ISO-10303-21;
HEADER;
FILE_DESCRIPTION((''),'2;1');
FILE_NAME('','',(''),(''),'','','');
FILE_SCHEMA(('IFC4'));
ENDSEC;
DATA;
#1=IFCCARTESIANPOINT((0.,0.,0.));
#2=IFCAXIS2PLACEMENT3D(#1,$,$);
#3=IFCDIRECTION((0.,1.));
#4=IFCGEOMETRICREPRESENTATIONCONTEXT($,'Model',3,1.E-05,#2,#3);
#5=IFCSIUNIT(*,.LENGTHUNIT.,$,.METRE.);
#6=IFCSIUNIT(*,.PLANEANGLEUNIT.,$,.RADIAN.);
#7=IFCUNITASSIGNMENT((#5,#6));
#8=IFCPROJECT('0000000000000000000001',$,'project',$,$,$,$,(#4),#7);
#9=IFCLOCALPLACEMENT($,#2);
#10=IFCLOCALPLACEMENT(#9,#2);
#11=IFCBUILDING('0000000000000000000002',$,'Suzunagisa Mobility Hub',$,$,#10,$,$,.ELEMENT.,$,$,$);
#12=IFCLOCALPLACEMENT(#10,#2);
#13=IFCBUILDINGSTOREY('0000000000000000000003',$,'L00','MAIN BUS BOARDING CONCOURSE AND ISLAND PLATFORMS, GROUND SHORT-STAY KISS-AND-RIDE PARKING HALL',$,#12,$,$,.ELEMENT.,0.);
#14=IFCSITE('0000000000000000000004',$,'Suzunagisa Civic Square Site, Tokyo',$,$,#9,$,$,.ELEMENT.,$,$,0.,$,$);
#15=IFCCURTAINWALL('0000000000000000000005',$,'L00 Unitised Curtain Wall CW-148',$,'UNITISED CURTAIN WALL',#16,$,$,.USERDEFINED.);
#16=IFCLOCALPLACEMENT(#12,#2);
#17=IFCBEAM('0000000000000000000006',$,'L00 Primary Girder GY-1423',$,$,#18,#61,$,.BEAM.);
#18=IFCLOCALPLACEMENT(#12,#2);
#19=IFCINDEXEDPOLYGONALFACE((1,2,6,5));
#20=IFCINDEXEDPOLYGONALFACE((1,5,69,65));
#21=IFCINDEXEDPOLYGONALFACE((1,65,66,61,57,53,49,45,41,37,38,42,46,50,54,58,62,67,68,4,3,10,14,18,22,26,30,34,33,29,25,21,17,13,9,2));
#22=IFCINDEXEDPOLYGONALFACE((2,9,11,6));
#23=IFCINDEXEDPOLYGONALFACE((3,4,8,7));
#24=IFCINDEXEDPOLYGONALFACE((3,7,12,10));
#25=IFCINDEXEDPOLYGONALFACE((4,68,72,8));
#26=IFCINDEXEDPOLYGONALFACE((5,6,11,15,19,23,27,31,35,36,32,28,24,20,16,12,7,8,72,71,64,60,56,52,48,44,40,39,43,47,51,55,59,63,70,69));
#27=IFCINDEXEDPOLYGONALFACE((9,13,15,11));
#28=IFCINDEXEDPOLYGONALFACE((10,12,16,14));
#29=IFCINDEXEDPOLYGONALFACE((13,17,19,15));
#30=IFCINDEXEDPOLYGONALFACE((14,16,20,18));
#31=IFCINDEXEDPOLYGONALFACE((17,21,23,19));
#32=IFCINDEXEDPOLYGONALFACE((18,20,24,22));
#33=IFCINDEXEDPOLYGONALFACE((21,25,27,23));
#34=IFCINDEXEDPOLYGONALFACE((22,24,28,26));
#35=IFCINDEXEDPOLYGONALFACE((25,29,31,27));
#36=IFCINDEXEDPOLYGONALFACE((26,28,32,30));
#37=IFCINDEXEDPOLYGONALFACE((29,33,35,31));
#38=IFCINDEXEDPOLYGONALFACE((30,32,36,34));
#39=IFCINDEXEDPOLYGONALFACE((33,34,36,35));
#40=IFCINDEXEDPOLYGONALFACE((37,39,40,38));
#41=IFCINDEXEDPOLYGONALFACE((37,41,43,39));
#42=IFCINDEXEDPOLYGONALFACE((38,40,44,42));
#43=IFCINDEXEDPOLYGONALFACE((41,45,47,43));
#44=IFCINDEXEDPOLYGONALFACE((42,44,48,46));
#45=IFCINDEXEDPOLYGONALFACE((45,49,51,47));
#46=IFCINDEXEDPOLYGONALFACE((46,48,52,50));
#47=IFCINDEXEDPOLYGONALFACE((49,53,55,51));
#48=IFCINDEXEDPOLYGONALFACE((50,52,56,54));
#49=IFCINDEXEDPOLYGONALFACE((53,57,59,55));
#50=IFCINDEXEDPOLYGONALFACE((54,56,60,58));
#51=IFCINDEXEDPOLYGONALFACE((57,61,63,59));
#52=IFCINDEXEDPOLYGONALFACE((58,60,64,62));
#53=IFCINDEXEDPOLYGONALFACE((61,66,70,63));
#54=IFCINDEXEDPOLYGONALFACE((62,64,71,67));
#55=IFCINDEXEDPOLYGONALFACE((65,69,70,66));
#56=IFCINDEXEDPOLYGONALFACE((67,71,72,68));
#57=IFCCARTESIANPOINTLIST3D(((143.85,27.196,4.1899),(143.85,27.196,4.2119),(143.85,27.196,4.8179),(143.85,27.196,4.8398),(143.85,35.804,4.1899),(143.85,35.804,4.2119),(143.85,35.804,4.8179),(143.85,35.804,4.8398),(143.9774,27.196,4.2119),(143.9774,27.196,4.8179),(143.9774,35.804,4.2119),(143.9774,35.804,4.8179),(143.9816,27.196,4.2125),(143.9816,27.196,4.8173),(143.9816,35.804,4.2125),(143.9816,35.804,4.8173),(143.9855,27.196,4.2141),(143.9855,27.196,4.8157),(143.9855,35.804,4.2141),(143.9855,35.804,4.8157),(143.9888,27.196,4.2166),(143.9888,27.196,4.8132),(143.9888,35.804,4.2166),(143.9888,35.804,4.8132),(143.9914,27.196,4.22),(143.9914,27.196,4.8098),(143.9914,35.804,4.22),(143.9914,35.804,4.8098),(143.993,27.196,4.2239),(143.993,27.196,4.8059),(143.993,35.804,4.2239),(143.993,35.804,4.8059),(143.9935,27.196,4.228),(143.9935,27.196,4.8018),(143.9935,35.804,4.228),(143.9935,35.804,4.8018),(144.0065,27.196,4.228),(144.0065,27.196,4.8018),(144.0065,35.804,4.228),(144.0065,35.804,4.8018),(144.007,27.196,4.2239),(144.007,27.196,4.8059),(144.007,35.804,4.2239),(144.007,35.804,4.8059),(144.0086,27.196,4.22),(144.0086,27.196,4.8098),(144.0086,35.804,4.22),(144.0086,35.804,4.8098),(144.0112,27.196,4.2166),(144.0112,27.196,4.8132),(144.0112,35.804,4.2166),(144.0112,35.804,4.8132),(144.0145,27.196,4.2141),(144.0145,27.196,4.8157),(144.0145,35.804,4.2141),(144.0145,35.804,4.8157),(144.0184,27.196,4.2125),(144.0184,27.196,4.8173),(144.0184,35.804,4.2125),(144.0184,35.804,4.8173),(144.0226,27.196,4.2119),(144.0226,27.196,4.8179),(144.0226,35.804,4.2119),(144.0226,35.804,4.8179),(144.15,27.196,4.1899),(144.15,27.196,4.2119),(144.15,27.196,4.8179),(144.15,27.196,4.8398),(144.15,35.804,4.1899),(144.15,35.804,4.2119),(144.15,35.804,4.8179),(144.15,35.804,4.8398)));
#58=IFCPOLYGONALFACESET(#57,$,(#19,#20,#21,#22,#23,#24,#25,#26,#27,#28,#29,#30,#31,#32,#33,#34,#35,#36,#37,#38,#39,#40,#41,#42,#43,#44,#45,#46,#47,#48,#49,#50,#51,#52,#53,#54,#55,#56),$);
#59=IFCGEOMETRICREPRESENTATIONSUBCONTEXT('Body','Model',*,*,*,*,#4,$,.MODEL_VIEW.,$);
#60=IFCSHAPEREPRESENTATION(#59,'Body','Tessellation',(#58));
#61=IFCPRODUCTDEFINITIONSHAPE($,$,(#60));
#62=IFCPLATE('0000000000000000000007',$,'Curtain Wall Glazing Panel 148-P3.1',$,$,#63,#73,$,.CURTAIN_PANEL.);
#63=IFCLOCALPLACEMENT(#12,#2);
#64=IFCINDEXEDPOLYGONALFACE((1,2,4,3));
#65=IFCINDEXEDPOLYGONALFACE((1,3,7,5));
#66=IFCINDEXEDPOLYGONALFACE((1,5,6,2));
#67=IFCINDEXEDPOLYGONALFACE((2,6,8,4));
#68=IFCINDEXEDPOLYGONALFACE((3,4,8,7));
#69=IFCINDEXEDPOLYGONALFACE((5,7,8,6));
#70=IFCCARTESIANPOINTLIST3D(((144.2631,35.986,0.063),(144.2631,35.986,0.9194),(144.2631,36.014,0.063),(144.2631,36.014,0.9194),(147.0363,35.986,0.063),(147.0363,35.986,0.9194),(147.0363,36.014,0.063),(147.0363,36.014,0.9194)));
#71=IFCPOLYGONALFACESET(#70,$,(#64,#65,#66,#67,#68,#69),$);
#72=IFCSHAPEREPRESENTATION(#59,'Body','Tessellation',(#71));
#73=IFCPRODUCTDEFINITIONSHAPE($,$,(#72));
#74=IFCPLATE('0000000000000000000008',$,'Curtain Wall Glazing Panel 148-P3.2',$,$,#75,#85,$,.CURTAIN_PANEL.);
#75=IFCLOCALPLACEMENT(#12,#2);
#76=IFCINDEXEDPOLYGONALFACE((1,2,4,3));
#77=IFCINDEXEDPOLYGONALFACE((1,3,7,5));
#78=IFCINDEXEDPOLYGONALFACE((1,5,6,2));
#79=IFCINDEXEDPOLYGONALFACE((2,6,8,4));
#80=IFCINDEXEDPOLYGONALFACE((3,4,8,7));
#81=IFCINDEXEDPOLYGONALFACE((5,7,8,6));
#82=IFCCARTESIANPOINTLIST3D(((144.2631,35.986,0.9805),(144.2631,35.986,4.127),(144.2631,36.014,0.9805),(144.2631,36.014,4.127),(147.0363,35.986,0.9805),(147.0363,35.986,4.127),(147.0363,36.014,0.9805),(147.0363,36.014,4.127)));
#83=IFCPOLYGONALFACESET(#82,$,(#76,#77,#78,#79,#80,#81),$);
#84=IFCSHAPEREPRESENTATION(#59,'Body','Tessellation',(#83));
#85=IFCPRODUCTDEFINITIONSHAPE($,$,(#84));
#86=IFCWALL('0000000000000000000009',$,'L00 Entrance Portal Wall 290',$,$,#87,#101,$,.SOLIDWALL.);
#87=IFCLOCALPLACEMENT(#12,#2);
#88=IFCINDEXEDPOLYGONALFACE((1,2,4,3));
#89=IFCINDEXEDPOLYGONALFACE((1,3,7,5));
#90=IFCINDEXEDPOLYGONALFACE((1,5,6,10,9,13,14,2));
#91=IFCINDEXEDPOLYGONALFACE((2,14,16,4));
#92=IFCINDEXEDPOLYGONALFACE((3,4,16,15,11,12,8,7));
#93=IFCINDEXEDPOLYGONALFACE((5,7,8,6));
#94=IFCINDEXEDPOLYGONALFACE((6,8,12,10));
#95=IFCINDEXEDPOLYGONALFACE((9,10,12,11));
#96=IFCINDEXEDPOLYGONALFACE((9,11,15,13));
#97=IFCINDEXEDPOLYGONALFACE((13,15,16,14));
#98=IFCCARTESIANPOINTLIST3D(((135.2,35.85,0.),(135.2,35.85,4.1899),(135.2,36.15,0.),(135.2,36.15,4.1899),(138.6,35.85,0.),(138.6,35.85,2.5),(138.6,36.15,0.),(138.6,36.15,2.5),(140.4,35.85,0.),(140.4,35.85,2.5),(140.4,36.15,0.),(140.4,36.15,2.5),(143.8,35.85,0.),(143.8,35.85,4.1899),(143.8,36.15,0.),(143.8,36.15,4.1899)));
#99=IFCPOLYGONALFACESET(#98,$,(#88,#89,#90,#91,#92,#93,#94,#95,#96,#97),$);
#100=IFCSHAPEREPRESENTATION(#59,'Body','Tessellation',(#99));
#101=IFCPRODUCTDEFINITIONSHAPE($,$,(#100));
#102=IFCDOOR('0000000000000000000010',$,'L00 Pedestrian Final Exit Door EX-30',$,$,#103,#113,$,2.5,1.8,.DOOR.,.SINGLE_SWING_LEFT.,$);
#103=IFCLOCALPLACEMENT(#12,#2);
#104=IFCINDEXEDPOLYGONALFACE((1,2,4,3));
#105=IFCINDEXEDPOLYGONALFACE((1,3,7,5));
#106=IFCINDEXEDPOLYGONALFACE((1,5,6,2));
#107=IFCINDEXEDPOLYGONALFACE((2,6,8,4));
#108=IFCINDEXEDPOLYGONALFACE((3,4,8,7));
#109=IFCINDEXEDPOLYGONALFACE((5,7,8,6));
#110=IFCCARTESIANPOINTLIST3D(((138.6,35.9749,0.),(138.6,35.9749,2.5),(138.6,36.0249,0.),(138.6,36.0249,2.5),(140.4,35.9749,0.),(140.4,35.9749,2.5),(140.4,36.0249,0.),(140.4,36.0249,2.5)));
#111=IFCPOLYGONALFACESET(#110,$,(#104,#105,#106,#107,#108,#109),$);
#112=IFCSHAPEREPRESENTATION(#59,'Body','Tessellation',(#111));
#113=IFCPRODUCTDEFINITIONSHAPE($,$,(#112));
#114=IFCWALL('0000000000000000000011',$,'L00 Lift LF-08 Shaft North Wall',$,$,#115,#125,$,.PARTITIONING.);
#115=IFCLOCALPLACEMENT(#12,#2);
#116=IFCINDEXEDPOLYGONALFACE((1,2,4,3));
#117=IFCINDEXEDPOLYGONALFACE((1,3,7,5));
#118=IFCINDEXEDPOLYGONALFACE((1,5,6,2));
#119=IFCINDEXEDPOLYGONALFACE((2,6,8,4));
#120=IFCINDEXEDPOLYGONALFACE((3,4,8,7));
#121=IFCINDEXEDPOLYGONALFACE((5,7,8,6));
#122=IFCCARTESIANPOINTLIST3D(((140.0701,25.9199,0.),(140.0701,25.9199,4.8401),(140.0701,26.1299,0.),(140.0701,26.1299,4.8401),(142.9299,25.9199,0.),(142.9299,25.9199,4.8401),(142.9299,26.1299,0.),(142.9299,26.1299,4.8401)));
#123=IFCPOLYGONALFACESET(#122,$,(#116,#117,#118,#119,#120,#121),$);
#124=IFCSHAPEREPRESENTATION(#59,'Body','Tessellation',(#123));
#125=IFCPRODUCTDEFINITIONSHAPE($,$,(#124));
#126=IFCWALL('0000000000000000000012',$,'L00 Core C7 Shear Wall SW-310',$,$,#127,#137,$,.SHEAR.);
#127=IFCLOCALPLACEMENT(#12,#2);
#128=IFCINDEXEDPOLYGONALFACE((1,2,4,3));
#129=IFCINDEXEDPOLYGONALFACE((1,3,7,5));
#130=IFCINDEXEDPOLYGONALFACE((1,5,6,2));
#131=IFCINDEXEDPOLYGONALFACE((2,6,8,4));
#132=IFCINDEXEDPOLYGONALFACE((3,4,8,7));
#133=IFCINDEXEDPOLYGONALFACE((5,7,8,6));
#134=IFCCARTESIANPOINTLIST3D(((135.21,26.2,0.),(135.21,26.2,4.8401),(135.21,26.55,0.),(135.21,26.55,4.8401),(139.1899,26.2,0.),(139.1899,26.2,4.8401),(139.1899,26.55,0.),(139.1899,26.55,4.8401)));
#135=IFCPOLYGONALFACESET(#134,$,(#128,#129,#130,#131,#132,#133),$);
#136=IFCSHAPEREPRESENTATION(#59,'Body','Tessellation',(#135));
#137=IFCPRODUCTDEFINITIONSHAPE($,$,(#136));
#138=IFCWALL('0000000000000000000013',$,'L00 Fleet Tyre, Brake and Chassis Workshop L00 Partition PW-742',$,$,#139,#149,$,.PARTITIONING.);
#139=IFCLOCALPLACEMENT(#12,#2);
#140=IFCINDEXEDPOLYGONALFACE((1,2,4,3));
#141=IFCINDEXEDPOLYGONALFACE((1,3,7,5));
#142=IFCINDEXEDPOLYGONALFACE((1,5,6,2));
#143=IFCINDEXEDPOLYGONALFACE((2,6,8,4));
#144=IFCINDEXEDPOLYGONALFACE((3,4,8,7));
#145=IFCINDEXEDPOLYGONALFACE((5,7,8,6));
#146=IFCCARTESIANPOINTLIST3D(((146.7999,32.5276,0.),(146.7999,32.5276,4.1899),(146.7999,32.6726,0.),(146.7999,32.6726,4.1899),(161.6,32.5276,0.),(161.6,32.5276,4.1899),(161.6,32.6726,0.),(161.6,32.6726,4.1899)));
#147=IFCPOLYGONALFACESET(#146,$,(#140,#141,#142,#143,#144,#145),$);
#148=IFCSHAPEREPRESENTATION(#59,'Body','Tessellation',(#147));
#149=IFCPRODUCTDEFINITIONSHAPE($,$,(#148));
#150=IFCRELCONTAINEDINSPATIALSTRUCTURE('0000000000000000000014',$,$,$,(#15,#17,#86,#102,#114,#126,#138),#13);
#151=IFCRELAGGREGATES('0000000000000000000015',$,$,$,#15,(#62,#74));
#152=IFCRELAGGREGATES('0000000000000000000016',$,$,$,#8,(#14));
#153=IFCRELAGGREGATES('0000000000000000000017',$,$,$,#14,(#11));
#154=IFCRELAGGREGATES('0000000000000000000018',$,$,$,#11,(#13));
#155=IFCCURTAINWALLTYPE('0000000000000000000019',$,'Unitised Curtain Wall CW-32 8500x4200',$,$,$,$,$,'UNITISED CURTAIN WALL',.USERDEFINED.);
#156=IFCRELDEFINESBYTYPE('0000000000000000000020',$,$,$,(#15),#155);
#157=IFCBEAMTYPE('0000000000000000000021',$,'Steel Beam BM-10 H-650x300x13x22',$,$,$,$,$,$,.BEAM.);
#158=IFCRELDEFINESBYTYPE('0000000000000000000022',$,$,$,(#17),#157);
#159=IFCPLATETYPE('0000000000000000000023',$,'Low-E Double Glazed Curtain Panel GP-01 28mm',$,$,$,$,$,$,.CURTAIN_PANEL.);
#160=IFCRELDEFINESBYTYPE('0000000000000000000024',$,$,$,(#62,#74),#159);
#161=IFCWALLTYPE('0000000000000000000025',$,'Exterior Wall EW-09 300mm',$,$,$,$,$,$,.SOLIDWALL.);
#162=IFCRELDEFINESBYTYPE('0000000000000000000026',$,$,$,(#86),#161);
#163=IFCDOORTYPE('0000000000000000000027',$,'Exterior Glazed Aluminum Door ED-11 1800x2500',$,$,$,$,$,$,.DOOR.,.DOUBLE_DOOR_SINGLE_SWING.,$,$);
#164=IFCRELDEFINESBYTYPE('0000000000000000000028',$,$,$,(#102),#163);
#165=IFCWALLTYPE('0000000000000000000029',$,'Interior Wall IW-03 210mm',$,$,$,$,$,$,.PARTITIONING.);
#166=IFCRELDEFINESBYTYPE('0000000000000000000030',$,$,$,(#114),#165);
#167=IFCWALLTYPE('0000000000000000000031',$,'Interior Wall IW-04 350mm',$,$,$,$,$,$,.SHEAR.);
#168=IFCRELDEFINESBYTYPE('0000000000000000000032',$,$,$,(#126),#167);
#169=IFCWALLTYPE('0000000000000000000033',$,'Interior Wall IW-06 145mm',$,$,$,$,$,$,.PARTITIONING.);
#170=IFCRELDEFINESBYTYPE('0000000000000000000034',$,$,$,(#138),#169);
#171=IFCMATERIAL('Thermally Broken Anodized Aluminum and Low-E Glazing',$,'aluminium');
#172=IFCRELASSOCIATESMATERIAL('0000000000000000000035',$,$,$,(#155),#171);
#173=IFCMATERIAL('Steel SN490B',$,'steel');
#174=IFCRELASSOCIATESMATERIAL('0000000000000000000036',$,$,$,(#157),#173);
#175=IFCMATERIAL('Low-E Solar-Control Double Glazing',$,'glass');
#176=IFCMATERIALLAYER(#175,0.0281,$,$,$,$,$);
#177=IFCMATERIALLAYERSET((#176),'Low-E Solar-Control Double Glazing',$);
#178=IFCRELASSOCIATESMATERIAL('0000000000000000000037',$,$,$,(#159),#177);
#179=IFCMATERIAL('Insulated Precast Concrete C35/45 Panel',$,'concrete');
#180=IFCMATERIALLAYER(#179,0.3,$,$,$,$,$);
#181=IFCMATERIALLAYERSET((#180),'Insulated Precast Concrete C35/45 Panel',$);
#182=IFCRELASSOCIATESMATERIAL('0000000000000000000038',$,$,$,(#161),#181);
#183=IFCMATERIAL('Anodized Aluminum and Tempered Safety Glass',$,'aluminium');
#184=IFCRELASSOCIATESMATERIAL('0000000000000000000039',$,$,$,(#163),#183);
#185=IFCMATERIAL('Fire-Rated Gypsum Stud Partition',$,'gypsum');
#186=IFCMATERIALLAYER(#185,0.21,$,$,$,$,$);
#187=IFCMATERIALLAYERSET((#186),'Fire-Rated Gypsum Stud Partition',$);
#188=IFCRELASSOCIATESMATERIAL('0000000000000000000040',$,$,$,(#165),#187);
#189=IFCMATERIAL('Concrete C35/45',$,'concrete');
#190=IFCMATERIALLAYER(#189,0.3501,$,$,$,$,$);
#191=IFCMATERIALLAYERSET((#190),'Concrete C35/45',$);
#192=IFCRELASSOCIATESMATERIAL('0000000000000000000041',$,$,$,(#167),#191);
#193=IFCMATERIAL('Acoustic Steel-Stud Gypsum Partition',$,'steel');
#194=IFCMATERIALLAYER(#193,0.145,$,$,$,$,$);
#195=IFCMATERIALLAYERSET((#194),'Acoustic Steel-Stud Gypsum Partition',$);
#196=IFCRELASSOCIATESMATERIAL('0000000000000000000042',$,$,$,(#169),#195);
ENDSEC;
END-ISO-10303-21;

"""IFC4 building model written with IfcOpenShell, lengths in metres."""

from ifc_helpers import new_model, si_unit, direction, frame, frame_2d, origin, origin_2d, place, context, subcontext, project, spatial, rectangle, i_section, extrude, material, layer, layer_set, material_profile, profile_set, type_object, element, fill, aggregate, save


model = new_model("IFC4")

# Units and contexts
model_context = context("Model", 3, precision=1e-05, world=origin(), true_north=direction((0.0, 1.0)))
body_context = subcontext(model_context, "Body", "Model", "MODEL_VIEW")
ifc_project = project(units=[si_unit("LENGTHUNIT", "METRE"), si_unit("PLANEANGLEUNIT", "RADIAN")], contexts=[model_context])

# Site, building, storey
site_placement = place(None, origin())
site = spatial("IfcSite", under=ifc_project, at=site_placement, Name="Suzunagisa Civic Square Site, Tokyo", CompositionType="ELEMENT", RefElevation=0.0)
building_placement = place(site_placement, origin())
building = spatial("IfcBuilding", under=site, at=building_placement, Name="Suzunagisa Mobility Hub", CompositionType="ELEMENT")
storey_placement = place(building_placement, origin())
storey = spatial("IfcBuildingStorey", under=building, at=storey_placement, Name="L00", Description="MAIN BUS BOARDING CONCOURSE AND ISLAND PLATFORMS, GROUND SHORT-STAY KISS-AND-RIDE PARKING HALL", CompositionType="ELEMENT", Elevation=0.0)

# Shared definitions
ifc_material_1 = material(Name="Steel SN490B", Category="steel")

# Curtain wall
ifc_material_2 = material(Name="Thermally Broken Anodized Aluminum and Low-E Glazing", Category="aluminium")
curtain_wall_type = type_object("IfcCurtainWallType", Name="Unitised Curtain Wall CW-32 8500x4200", ElementType="UNITISED CURTAIN WALL", PredefinedType="USERDEFINED", material=ifc_material_2)
curtain_wall_placement = place(storey_placement, origin())
curtain_wall = element("IfcCurtainWall", 1, at=curtain_wall_placement, inside=storey, type_object=curtain_wall_type, Name="L00 Unitised Curtain Wall CW-148", ObjectType="UNITISED CURTAIN WALL", PredefinedType="USERDEFINED")

# Beam
ifc_material_profile_1 = material_profile(ifc_material_1, i_section(OverallWidth=0.3, OverallDepth=0.6499, WebThickness=0.0129, FlangeThickness=0.022, FilletRadius=0.0161, at=origin_2d()), Name="H-650x300x13x22")
ifc_profile_set_1 = profile_set([ifc_material_profile_1], Name="Steel SN490B")
beam_type_1 = type_object("IfcBeamType", Name="Steel Beam BM-10 H-650x300x13x22", PredefinedType="BEAM", material=ifc_profile_set_1)
beam_placement = place(storey_placement, frame((144.0, 27.196, 4.5149), z_axis=(0.0, 1.0, 0.0), x_axis=(-1.0, 0.0, 0.0)))
element("IfcBeam", 2, at=beam_placement, inside=storey, type_object=beam_type_1, Name="L00 Primary Girder GY-1423", PredefinedType="BEAM", context=body_context, shape_type="SweptSolid", body=[
    extrude(i_section(OverallWidth=0.3, OverallDepth=0.6499, WebThickness=0.0129, FlangeThickness=0.022, FilletRadius=0.0161, at=origin_2d()), origin(), (0.0, 0.0, 1.0), 8.6079),
])

# Plates
ifc_material_3 = material(Name="Low-E Solar-Control Double Glazing", Category="glass")
ifc_layer_1 = layer(ifc_material_3, 0.0281)
ifc_layer_set_1 = layer_set([ifc_layer_1], Name="Low-E Solar-Control Double Glazing")
plate_type = type_object("IfcPlateType", Name="Low-E Double Glazed Curtain Panel GP-01 28mm", PredefinedType="CURTAIN_PANEL", material=ifc_layer_set_1)
plate_1_placement = place(storey_placement, frame((145.6497, 36.0, 0.063), z_axis=(0.0, 0.0, 1.0), x_axis=(-1.0, 0.0, 0.0)))
plate_1 = element("IfcPlate", 3, at=plate_1_placement, type_object=plate_type, Name="Curtain Wall Glazing Panel 148-P3.1", PredefinedType="CURTAIN_PANEL", context=body_context, shape_type="SweptSolid", body=[
    extrude(rectangle(XDim=2.7732, YDim=0.0281, at=origin_2d()), origin(), (0.0, 0.0, 1.0), 0.8564),
])
plate_2_placement = place(storey_placement, frame((145.6497, 36.0, 0.9805), z_axis=(0.0, 0.0, 1.0), x_axis=(-1.0, 0.0, 0.0)))
plate_2 = element("IfcPlate", 4, at=plate_2_placement, type_object=plate_type, Name="Curtain Wall Glazing Panel 148-P3.2", PredefinedType="CURTAIN_PANEL", context=body_context, shape_type="SweptSolid", body=[
    extrude(rectangle(XDim=2.7732, YDim=0.0281, at=origin_2d()), origin(), (0.0, 0.0, 1.0), 3.1465),
])
aggregate(curtain_wall, [plate_1, plate_2])

# Wall, opening, door
ifc_material_4 = material(Name="Insulated Precast Concrete C35/45 Panel", Category="concrete")
ifc_layer_2 = layer(ifc_material_4, 0.3)
ifc_layer_set_2 = layer_set([ifc_layer_2], Name="Insulated Precast Concrete C35/45 Panel")
wall_type_1 = type_object("IfcWallType", Name="Exterior Wall EW-09 300mm", PredefinedType="SOLIDWALL", material=ifc_layer_set_2)
wall_1_placement = place(storey_placement, frame((143.8, 36.0, 0.0), z_axis=(0.0, 0.0, 1.0), x_axis=(-1.0, 0.0, 0.0)))
wall_1 = element("IfcWall", 5, at=wall_1_placement, inside=storey, type_object=wall_type_1, Name="L00 Entrance Portal Wall 290", PredefinedType="SOLIDWALL", context=body_context, shape_type="SweptSolid", body=[
    extrude(rectangle(XDim=8.6001, YDim=0.3, at=frame_2d((4.3, 0.0))), origin(), (0.0, 0.0, 1.0), 4.1899),
])
opening_placement = place(wall_1_placement, frame((5.2, 0.0, 0.0), z_axis=(0.0, 0.0, 1.0), x_axis=(-1.0, 0.0, 0.0)))
opening = element("IfcOpeningElement", 6, at=opening_placement, cuts=wall_1, PredefinedType="OPENING", context=body_context, shape_type="SweptSolid", body=[
    extrude(rectangle(XDim=1.8, YDim=2.5, at=frame_2d((0.8999, 1.25))), frame((0.0, 0.1611, 0.0), z_axis=(0.0, -1.0, 0.0), x_axis=(1.0, 0.0, 0.0)), (0.0, 0.0, 1.0), 0.322),
])
ifc_material_5 = material(Name="Anodized Aluminum and Tempered Safety Glass", Category="aluminium")
door_type = type_object("IfcDoorType", Name="Exterior Glazed Aluminum Door ED-11 1800x2500", OperationType="DOUBLE_DOOR_SINGLE_SWING", PredefinedType="DOOR", material=ifc_material_5)
door_placement = place(opening_placement, origin())
door = element("IfcDoor", 7, at=door_placement, inside=storey, type_object=door_type, Name="L00 Pedestrian Final Exit Door EX-30", OperationType="SINGLE_SWING_LEFT", OverallHeight=2.5, OverallWidth=1.8, PredefinedType="DOOR", context=body_context, shape_type="SweptSolid", body=[
    extrude(rectangle(XDim=1.8, YDim=2.5, at=frame_2d((0.8999, 1.25))), frame((0.0, 0.0249, 0.0), z_axis=(0.0, -1.0, 0.0), x_axis=(1.0, 0.0, 0.0)), (0.0, 0.0, 1.0), 0.05),
])
fill(opening, door)

# Walls
ifc_material_6 = material(Name="Fire-Rated Gypsum Stud Partition", Category="gypsum")
ifc_layer_3 = layer(ifc_material_6, 0.21)
ifc_layer_set_3 = layer_set([ifc_layer_3], Name="Fire-Rated Gypsum Stud Partition")
wall_type_2 = type_object("IfcWallType", Name="Interior Wall IW-03 210mm", PredefinedType="PARTITIONING", material=ifc_layer_set_3)
wall_2_placement = place(storey_placement, frame((140.0701, 26.0249, 0.0), z_axis=(0.0, 0.0, 1.0), x_axis=(1.0, 0.0, 0.0)))
element("IfcWall", 8, at=wall_2_placement, inside=storey, type_object=wall_type_2, Name="L00 Lift LF-08 Shaft North Wall", PredefinedType="PARTITIONING", context=body_context, shape_type="SweptSolid", body=[
    extrude(rectangle(XDim=2.8599, YDim=0.21, at=frame_2d((1.4299, 0.0))), origin(), (0.0, 0.0, 1.0), 4.8401),
])
ifc_material_7 = material(Name="Concrete C35/45", Category="concrete")
ifc_layer_4 = layer(ifc_material_7, 0.3501)
ifc_layer_set_4 = layer_set([ifc_layer_4], Name="Concrete C35/45")
wall_type_3 = type_object("IfcWallType", Name="Interior Wall IW-04 350mm", PredefinedType="SHEAR", material=ifc_layer_set_4)
wall_3_placement = place(storey_placement, frame((135.21, 26.375, 0.0), z_axis=(0.0, 0.0, 1.0), x_axis=(1.0, 0.0, 0.0)))
element("IfcWall", 9, at=wall_3_placement, inside=storey, type_object=wall_type_3, Name="L00 Core C7 Shear Wall SW-310", PredefinedType="SHEAR", context=body_context, shape_type="SweptSolid", body=[
    extrude(rectangle(XDim=3.98, YDim=0.3501, at=frame_2d((1.99, 0.0))), origin(), (0.0, 0.0, 1.0), 4.8401),
])
ifc_material_8 = material(Name="Acoustic Steel-Stud Gypsum Partition", Category="steel")
ifc_layer_5 = layer(ifc_material_8, 0.145)
ifc_layer_set_5 = layer_set([ifc_layer_5], Name="Acoustic Steel-Stud Gypsum Partition")
wall_type_4 = type_object("IfcWallType", Name="Interior Wall IW-06 145mm", PredefinedType="PARTITIONING", material=ifc_layer_set_5)
wall_4_placement = place(storey_placement, frame((146.8, 32.6001, 0.0), z_axis=(0.0, 0.0, 1.0), x_axis=(1.0, 0.0, 0.0)))
element("IfcWall", 10, at=wall_4_placement, inside=storey, type_object=wall_type_4, Name="L00 Fleet Tyre, Brake and Chassis Workshop L00 Partition PW-742", PredefinedType="PARTITIONING", context=body_context, shape_type="SweptSolid", body=[
    extrude(rectangle(XDim=14.8, YDim=0.145, at=frame_2d((7.3999, 0.0))), origin(), (0.0, 0.0, 1.0), 4.1899),
])

save(model, "model.ifc")
